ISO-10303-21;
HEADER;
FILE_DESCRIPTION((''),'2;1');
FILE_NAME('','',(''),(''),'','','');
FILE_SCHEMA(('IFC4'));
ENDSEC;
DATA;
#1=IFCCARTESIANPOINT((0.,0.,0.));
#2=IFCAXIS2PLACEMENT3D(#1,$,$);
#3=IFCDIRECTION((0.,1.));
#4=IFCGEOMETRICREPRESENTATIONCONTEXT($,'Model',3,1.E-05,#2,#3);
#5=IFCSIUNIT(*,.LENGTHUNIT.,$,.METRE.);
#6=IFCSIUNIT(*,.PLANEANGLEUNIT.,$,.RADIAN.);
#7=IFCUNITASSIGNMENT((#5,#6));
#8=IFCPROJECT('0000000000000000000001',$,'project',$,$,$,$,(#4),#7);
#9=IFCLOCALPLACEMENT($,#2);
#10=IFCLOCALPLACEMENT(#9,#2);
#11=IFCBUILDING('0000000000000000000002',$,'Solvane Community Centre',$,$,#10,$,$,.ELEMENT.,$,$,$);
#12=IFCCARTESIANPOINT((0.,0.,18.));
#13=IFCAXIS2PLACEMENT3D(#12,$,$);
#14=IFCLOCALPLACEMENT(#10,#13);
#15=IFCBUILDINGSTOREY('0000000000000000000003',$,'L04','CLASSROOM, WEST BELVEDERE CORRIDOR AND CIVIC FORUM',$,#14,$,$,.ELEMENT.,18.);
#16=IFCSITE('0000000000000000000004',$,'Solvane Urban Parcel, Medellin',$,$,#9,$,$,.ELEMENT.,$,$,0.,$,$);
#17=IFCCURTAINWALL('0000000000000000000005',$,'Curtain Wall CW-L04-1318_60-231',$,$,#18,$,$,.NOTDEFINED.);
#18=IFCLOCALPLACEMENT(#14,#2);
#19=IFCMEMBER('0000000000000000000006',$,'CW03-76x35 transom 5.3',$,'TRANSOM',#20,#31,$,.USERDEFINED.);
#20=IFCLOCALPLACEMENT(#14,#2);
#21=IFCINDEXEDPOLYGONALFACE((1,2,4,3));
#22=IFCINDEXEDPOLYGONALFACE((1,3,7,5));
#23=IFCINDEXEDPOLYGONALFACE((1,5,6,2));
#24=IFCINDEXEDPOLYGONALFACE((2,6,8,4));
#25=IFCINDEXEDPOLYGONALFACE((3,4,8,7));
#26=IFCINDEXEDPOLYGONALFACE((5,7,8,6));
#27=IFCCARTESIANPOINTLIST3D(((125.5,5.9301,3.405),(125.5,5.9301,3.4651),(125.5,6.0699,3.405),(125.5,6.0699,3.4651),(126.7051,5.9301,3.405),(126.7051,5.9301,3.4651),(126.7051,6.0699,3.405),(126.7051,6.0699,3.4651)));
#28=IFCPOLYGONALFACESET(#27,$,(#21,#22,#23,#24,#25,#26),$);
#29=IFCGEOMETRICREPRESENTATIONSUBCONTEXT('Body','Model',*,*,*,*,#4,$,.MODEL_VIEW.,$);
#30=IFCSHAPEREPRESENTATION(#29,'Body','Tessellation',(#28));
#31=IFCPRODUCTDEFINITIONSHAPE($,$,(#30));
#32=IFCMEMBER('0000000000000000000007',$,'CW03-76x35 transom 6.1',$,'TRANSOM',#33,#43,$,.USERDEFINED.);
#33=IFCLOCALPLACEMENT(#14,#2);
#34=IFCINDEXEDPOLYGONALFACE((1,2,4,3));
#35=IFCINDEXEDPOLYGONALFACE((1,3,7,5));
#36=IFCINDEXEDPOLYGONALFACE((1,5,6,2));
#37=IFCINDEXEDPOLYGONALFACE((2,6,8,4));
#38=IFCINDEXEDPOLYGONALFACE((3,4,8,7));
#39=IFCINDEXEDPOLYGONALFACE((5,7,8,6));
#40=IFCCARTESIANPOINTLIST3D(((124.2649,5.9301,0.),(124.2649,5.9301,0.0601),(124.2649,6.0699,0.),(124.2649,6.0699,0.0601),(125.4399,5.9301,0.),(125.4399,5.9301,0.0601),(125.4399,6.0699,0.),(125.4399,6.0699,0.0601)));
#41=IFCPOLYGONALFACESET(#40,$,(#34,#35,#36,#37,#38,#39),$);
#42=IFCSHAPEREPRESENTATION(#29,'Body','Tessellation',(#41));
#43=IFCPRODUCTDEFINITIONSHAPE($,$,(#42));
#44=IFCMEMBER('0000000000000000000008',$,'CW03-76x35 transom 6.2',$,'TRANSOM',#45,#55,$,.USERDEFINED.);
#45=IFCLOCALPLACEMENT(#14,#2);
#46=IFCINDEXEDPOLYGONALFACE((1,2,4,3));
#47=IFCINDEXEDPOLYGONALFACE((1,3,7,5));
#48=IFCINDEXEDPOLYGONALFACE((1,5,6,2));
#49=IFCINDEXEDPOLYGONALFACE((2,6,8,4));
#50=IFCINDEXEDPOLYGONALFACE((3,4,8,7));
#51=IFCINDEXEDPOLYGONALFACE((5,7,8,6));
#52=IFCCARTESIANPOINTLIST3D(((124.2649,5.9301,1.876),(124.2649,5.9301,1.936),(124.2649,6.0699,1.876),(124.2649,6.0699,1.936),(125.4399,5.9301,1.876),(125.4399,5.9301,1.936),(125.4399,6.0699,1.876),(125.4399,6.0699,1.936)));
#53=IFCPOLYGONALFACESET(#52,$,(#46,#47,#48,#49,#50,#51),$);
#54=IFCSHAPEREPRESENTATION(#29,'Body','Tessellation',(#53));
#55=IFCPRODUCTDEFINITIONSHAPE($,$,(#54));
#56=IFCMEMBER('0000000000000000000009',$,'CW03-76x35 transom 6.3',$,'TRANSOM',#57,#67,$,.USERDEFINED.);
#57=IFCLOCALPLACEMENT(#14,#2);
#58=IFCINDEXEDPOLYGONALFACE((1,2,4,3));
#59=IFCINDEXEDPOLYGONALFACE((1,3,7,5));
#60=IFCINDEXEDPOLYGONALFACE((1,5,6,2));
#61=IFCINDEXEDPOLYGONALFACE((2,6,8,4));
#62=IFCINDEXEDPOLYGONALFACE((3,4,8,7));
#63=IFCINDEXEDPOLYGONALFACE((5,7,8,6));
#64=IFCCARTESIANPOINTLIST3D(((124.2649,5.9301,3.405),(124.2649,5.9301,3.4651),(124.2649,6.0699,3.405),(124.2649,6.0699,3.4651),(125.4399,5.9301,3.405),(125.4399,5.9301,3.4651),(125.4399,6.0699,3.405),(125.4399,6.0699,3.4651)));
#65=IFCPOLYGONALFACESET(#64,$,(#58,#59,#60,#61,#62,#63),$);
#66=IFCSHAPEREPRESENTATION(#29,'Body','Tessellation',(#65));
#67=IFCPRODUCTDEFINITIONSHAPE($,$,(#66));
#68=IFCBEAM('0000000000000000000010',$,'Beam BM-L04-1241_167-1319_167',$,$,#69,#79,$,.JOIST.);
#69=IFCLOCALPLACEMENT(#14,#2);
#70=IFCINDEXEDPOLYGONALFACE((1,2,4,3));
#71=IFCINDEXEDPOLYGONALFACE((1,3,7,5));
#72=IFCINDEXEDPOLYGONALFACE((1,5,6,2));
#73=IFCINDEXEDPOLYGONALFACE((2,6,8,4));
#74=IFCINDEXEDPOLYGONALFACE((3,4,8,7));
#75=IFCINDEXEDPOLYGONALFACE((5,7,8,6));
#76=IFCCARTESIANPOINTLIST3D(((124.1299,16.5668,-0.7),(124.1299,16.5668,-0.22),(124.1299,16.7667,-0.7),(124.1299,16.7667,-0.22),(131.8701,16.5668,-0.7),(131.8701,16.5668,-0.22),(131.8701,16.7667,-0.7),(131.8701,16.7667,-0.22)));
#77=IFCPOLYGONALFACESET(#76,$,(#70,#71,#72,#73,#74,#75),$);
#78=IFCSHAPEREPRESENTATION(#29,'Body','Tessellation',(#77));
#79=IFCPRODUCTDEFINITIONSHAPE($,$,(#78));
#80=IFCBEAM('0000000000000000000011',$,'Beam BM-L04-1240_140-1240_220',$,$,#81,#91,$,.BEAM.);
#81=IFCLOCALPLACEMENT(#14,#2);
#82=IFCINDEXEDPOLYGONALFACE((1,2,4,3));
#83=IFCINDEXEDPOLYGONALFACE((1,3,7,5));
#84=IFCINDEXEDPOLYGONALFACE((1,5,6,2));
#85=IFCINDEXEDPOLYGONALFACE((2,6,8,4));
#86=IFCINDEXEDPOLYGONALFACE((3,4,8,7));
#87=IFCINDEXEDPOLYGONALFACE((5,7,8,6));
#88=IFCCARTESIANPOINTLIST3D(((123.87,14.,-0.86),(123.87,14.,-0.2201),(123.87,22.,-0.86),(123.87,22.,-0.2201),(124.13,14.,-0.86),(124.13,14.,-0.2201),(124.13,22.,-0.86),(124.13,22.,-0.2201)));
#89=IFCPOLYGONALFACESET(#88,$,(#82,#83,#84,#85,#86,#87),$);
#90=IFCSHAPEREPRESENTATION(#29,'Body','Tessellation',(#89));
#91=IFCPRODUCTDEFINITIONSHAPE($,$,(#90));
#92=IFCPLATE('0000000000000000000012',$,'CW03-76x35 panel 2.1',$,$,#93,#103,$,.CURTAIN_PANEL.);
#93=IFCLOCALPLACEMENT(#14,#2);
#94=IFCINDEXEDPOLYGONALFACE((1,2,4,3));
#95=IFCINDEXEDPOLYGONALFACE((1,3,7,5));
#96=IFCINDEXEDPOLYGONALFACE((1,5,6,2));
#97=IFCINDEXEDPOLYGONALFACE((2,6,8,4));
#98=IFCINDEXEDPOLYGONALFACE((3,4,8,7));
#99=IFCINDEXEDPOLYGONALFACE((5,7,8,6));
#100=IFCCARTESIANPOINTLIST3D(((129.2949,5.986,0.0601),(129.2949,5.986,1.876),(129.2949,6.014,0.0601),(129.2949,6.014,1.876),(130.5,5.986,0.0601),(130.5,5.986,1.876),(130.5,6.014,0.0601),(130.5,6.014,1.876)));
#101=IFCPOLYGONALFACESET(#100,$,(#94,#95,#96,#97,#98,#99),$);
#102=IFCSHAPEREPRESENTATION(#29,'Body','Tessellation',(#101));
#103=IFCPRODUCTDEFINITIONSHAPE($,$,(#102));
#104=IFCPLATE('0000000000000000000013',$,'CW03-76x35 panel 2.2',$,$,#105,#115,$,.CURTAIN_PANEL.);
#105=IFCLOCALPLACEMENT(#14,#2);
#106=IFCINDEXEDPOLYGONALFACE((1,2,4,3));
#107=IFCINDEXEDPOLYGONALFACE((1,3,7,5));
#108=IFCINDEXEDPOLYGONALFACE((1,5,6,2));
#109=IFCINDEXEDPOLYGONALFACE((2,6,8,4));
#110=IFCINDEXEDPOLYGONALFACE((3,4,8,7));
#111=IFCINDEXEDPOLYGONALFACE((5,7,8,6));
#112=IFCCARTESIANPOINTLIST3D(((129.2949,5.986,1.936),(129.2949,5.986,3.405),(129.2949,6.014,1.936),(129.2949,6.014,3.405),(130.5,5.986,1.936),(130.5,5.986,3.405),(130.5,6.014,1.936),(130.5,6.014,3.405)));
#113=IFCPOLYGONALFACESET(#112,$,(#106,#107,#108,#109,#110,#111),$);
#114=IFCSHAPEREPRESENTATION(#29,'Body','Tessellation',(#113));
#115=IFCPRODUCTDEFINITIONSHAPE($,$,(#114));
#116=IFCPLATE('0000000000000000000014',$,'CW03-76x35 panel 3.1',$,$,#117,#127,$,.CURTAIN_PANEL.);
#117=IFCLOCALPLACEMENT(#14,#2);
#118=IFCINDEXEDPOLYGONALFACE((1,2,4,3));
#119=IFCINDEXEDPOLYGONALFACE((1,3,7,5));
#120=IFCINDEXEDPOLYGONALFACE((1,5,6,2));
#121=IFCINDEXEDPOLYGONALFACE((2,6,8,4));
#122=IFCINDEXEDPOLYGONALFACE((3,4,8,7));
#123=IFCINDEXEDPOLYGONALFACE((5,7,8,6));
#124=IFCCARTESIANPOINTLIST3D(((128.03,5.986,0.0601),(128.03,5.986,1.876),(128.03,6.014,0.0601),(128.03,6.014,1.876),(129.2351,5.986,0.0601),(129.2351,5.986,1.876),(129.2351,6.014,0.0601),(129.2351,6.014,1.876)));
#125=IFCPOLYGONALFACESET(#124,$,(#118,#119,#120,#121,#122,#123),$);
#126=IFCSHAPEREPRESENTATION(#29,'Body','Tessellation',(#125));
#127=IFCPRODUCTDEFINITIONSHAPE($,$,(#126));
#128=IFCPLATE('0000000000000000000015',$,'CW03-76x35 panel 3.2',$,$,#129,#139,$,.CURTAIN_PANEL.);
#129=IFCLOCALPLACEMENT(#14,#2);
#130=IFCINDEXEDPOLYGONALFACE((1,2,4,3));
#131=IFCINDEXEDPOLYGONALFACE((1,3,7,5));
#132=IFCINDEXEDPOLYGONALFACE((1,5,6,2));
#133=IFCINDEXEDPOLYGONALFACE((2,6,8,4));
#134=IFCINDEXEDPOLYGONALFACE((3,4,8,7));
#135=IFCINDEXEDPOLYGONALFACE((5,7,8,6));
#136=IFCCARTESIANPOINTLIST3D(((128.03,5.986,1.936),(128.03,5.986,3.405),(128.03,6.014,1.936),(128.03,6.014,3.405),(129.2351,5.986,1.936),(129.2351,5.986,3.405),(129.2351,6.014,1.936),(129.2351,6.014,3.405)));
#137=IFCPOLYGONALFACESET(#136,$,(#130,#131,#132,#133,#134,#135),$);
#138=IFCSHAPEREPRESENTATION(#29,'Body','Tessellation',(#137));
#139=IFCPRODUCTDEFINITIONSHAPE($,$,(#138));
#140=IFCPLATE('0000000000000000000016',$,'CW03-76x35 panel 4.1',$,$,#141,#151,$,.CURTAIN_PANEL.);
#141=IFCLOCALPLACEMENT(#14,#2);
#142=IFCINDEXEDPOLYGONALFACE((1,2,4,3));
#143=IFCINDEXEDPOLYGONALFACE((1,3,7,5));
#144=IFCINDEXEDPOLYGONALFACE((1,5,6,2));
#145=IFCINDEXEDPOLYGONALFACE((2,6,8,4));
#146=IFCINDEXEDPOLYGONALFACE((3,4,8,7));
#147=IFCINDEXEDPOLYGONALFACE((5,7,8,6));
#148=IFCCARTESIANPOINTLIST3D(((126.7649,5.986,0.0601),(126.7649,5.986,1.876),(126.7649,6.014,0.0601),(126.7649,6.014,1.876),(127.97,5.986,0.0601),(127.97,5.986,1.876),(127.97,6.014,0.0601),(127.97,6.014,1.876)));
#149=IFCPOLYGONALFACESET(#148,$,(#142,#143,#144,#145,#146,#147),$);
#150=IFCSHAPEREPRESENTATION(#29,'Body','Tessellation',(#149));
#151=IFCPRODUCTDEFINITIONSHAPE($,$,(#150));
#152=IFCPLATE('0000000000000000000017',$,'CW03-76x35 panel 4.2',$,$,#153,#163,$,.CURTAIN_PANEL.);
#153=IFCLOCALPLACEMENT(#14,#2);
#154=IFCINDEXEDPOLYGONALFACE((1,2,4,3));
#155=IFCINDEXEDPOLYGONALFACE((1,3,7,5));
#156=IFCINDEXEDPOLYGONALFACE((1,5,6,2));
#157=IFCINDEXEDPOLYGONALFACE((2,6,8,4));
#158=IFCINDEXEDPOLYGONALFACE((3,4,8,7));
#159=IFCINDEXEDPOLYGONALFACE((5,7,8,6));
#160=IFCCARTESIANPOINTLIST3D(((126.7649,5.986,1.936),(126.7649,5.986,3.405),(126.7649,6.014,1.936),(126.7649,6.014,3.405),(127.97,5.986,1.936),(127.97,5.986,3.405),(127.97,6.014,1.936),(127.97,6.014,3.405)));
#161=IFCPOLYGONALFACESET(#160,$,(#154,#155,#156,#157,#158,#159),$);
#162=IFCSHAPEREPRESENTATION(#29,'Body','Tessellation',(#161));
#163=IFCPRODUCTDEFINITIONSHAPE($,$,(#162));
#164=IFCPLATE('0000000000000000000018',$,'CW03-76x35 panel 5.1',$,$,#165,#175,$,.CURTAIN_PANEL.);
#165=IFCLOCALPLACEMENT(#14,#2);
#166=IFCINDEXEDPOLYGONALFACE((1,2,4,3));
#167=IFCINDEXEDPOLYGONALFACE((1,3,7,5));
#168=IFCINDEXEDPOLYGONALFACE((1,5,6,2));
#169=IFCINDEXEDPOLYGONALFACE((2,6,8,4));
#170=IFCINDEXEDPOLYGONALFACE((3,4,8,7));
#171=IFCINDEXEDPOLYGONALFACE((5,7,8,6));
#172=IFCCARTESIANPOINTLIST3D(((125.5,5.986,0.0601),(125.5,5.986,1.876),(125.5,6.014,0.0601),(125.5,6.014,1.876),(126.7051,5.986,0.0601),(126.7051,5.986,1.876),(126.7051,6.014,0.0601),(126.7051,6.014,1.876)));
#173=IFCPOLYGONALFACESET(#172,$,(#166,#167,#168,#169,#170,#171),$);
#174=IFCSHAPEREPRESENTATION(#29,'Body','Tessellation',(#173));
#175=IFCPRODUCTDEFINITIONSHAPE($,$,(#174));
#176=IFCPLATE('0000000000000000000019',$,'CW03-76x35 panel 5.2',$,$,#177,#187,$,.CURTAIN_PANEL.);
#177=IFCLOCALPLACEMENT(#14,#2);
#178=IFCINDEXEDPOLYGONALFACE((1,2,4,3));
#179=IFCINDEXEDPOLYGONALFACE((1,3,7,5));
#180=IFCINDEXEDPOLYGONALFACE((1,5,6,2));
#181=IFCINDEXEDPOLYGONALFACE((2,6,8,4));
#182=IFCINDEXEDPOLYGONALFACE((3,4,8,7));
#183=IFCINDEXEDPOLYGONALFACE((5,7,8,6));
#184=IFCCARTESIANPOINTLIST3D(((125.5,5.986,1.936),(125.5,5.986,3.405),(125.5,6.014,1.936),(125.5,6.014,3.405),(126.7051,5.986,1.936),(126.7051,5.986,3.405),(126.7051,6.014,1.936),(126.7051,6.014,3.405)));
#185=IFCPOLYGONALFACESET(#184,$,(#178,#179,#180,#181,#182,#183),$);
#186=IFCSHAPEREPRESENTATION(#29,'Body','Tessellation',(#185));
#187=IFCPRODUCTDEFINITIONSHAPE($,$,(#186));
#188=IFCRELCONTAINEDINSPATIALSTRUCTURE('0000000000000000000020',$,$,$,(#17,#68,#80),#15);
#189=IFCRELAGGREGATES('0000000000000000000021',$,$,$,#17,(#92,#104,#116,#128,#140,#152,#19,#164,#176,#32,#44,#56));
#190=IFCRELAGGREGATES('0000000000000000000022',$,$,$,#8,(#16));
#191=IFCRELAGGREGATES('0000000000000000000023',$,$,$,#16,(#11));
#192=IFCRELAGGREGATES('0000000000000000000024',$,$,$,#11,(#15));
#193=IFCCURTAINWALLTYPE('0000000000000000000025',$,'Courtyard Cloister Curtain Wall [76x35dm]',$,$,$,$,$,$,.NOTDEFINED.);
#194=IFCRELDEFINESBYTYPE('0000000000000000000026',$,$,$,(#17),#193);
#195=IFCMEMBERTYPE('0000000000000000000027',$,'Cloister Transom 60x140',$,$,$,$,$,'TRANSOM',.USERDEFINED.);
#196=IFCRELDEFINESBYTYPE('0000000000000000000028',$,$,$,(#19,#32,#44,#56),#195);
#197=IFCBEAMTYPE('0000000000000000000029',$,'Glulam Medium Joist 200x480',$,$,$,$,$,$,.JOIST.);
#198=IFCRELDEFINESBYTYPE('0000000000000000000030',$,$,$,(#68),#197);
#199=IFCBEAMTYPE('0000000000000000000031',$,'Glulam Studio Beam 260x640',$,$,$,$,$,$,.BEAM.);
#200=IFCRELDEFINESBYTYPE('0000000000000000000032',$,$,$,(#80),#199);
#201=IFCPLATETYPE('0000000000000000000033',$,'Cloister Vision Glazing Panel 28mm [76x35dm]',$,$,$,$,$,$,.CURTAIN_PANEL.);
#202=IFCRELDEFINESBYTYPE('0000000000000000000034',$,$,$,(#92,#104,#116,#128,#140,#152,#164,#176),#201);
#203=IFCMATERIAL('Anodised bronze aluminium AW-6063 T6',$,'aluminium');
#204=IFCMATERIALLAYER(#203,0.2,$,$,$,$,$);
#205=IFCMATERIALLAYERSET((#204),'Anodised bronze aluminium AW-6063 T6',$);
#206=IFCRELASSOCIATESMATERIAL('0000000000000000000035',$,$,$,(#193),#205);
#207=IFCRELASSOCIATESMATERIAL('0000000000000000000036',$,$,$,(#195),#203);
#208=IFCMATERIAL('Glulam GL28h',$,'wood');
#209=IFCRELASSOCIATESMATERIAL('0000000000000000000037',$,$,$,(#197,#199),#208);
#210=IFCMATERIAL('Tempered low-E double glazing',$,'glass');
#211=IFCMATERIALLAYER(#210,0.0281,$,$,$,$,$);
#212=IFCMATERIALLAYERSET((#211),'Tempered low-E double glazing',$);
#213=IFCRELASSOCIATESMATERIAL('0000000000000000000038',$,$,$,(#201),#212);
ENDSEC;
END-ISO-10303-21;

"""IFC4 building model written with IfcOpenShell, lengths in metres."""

from ifc_helpers import new_model, si_unit, direction, frame, origin, origin_2d, place, context, subcontext, project, spatial, rectangle, extrude, material, layer, layer_set, material_profile, profile_set, type_object, element, aggregate, save


model = new_model("IFC4")

# Units and contexts
model_context = context("Model", 3, precision=1e-05, world=origin(), true_north=direction((0.0, 1.0)))
body_context = subcontext(model_context, "Body", "Model", "MODEL_VIEW")
ifc_project = project(units=[si_unit("LENGTHUNIT", "METRE"), si_unit("PLANEANGLEUNIT", "RADIAN")], contexts=[model_context])

# Site, building, storey
site_placement = place(None, origin())
site = spatial("IfcSite", under=ifc_project, at=site_placement, Name="Solvane Urban Parcel, Medellin", CompositionType="ELEMENT", RefElevation=0.0)
building_placement = place(site_placement, origin())
building = spatial("IfcBuilding", under=site, at=building_placement, Name="Solvane Community Centre", CompositionType="ELEMENT")
storey_placement = place(building_placement, frame((0.0, 0.0, 18.0)))
storey = spatial("IfcBuildingStorey", under=building, at=storey_placement, Name="L04", Description="CLASSROOM, WEST BELVEDERE CORRIDOR AND CIVIC FORUM", CompositionType="ELEMENT", Elevation=18.0)

# Curtain wall, members
ifc_material_1 = material(Name="Anodised bronze aluminium AW-6063 T6", Category="aluminium")
ifc_layer_1 = layer(ifc_material_1, 0.2)
ifc_layer_set_1 = layer_set([ifc_layer_1], Name="Anodised bronze aluminium AW-6063 T6")
curtain_wall_type = type_object("IfcCurtainWallType", Name="Courtyard Cloister Curtain Wall [76x35dm]", PredefinedType="NOTDEFINED", material=ifc_layer_set_1)
curtain_wall_placement = place(storey_placement, origin())
curtain_wall = element("IfcCurtainWall", 1, at=curtain_wall_placement, inside=storey, type_object=curtain_wall_type, Name="Curtain Wall CW-L04-1318_60-231", PredefinedType="NOTDEFINED")
ifc_material_profile_1 = material_profile(ifc_material_1, rectangle(XDim=0.1399, YDim=0.0601, at=origin_2d()), Name="CW-T 60x140")
ifc_profile_set_1 = profile_set([ifc_material_profile_1], Name="Anodised bronze aluminium AW-6063 T6")
member_type_1 = type_object("IfcMemberType", Name="Cloister Transom 60x140", ElementType="TRANSOM", PredefinedType="USERDEFINED", material=ifc_profile_set_1)
member_1_placement = place(storey_placement, frame((126.7051, 6.0, 3.4351), z_axis=(-1.0, 0.0, 0.0), x_axis=(0.0, -1.0, 0.0)))
member_1 = element("IfcMember", 2, at=member_1_placement, type_object=member_type_1, Name="CW03-76x35 transom 5.3", ObjectType="TRANSOM", PredefinedType="USERDEFINED", context=body_context, shape_type="SweptSolid", body=[
    extrude(rectangle(XDim=0.1399, YDim=0.0601, at=origin_2d()), origin(), (0.0, 0.0, 1.0), 1.2051),
])
member_2_placement = place(storey_placement, frame((125.4399, 6.0, 0.03), z_axis=(-1.0, 0.0, 0.0), x_axis=(0.0, -1.0, 0.0)))
member_2 = element("IfcMember", 3, at=member_2_placement, type_object=member_type_1, Name="CW03-76x35 transom 6.1", ObjectType="TRANSOM", PredefinedType="USERDEFINED", context=body_context, shape_type="SweptSolid", body=[
    extrude(rectangle(XDim=0.1399, YDim=0.0601, at=origin_2d()), origin(), (0.0, 0.0, 1.0), 1.175),
])
member_3_placement = place(storey_placement, frame((125.4399, 6.0, 1.906), z_axis=(-1.0, 0.0, 0.0), x_axis=(0.0, -1.0, 0.0)))
member_3 = element("IfcMember", 4, at=member_3_placement, type_object=member_type_1, Name="CW03-76x35 transom 6.2", ObjectType="TRANSOM", PredefinedType="USERDEFINED", context=body_context, shape_type="SweptSolid", body=[
    extrude(rectangle(XDim=0.1399, YDim=0.0601, at=origin_2d()), origin(), (0.0, 0.0, 1.0), 1.175),
])
member_4_placement = place(storey_placement, frame((125.4399, 6.0, 3.4351), z_axis=(-1.0, 0.0, 0.0), x_axis=(0.0, -1.0, 0.0)))
member_4 = element("IfcMember", 5, at=member_4_placement, type_object=member_type_1, Name="CW03-76x35 transom 6.3", ObjectType="TRANSOM", PredefinedType="USERDEFINED", context=body_context, shape_type="SweptSolid", body=[
    extrude(rectangle(XDim=0.1399, YDim=0.0601, at=origin_2d()), origin(), (0.0, 0.0, 1.0), 1.175),
])

# Beams
ifc_material_2 = material(Name="Glulam GL28h", Category="wood")
ifc_material_profile_2 = material_profile(ifc_material_2, rectangle(XDim=0.2, YDim=0.48, at=origin_2d()), Name="GL28h 200x480")
ifc_profile_set_2 = profile_set([ifc_material_profile_2], Name="Glulam GL28h")
beam_type_1 = type_object("IfcBeamType", Name="Glulam Medium Joist 200x480", PredefinedType="JOIST", material=ifc_profile_set_2)
beam_1_placement = place(storey_placement, frame((124.1299, 16.6667, -0.46), z_axis=(1.0, 0.0, 0.0), x_axis=(0.0, 1.0, 0.0)))
element("IfcBeam", 6, at=beam_1_placement, inside=storey, type_object=beam_type_1, Name="Beam BM-L04-1241_167-1319_167", PredefinedType="JOIST", context=body_context, shape_type="SweptSolid", body=[
    extrude(rectangle(XDim=0.2, YDim=0.48, at=origin_2d()), origin(), (0.0, 0.0, 1.0), 7.7402),
])
ifc_material_profile_3 = material_profile(ifc_material_2, rectangle(XDim=0.26, YDim=0.6399, at=origin_2d()), Name="GL28h 260x640")
ifc_profile_set_3 = profile_set([ifc_material_profile_3], Name="Glulam GL28h")
beam_type_2 = type_object("IfcBeamType", Name="Glulam Studio Beam 260x640", PredefinedType="BEAM", material=ifc_profile_set_3)
beam_2_placement = place(storey_placement, frame((124.0, 14.0, -0.54), z_axis=(0.0, 1.0, 0.0), x_axis=(-1.0, 0.0, 0.0)))
element("IfcBeam", 7, at=beam_2_placement, inside=storey, type_object=beam_type_2, Name="Beam BM-L04-1240_140-1240_220", PredefinedType="BEAM", context=body_context, shape_type="SweptSolid", body=[
    extrude(rectangle(XDim=0.26, YDim=0.6399, at=origin_2d()), origin(), (0.0, 0.0, 1.0), 8.0),
])

# Plates
ifc_material_3 = material(Name="Tempered low-E double glazing", Category="glass")
ifc_layer_2 = layer(ifc_material_3, 0.0281)
ifc_layer_set_2 = layer_set([ifc_layer_2], Name="Tempered low-E double glazing")
plate_type = type_object("IfcPlateType", Name="Cloister Vision Glazing Panel 28mm [76x35dm]", PredefinedType="CURTAIN_PANEL", material=ifc_layer_set_2)
plate_1_placement = place(storey_placement, frame((129.8975, 6.0, 0.0601), z_axis=(0.0, 0.0, 1.0), x_axis=(-1.0, 0.0, 0.0)))
plate_1 = element("IfcPlate", 8, at=plate_1_placement, type_object=plate_type, Name="CW03-76x35 panel 2.1", PredefinedType="CURTAIN_PANEL", context=body_context, shape_type="SweptSolid", body=[
    extrude(rectangle(XDim=1.2051, YDim=0.0281, at=origin_2d()), origin(), (0.0, 0.0, 1.0), 1.8159),
])
plate_2_placement = place(storey_placement, frame((129.8975, 6.0, 1.936), z_axis=(0.0, 0.0, 1.0), x_axis=(-1.0, 0.0, 0.0)))
plate_2 = element("IfcPlate", 9, at=plate_2_placement, type_object=plate_type, Name="CW03-76x35 panel 2.2", PredefinedType="CURTAIN_PANEL", context=body_context, shape_type="SweptSolid", body=[
    extrude(rectangle(XDim=1.2051, YDim=0.0281, at=origin_2d()), origin(), (0.0, 0.0, 1.0), 1.469),
])
plate_3_placement = place(storey_placement, frame((128.6326, 6.0, 0.0601), z_axis=(0.0, 0.0, 1.0), x_axis=(-1.0, 0.0, 0.0)))
plate_3 = element("IfcPlate", 10, at=plate_3_placement, type_object=plate_type, Name="CW03-76x35 panel 3.1", PredefinedType="CURTAIN_PANEL", context=body_context, shape_type="SweptSolid", body=[
    extrude(rectangle(XDim=1.2051, YDim=0.0281, at=origin_2d()), origin(), (0.0, 0.0, 1.0), 1.8159),
])
plate_4_placement = place(storey_placement, frame((128.6326, 6.0, 1.936), z_axis=(0.0, 0.0, 1.0), x_axis=(-1.0, 0.0, 0.0)))
plate_4 = element("IfcPlate", 11, at=plate_4_placement, type_object=plate_type, Name="CW03-76x35 panel 3.2", PredefinedType="CURTAIN_PANEL", context=body_context, shape_type="SweptSolid", body=[
    extrude(rectangle(XDim=1.2051, YDim=0.0281, at=origin_2d()), origin(), (0.0, 0.0, 1.0), 1.469),
])
plate_5_placement = place(storey_placement, frame((127.3674, 6.0, 0.0601), z_axis=(0.0, 0.0, 1.0), x_axis=(-1.0, 0.0, 0.0)))
plate_5 = element("IfcPlate", 12, at=plate_5_placement, type_object=plate_type, Name="CW03-76x35 panel 4.1", PredefinedType="CURTAIN_PANEL", context=body_context, shape_type="SweptSolid", body=[
    extrude(rectangle(XDim=1.2051, YDim=0.0281, at=origin_2d()), origin(), (0.0, 0.0, 1.0), 1.8159),
])
plate_6_placement = place(storey_placement, frame((127.3674, 6.0, 1.936), z_axis=(0.0, 0.0, 1.0), x_axis=(-1.0, 0.0, 0.0)))
plate_6 = element("IfcPlate", 13, at=plate_6_placement, type_object=plate_type, Name="CW03-76x35 panel 4.2", PredefinedType="CURTAIN_PANEL", context=body_context, shape_type="SweptSolid", body=[
    extrude(rectangle(XDim=1.2051, YDim=0.0281, at=origin_2d()), origin(), (0.0, 0.0, 1.0), 1.469),
])
plate_7_placement = place(storey_placement, frame((126.1025, 6.0, 0.0601), z_axis=(0.0, 0.0, 1.0), x_axis=(-1.0, 0.0, 0.0)))
plate_7 = element("IfcPlate", 14, at=plate_7_placement, type_object=plate_type, Name="CW03-76x35 panel 5.1", PredefinedType="CURTAIN_PANEL", context=body_context, shape_type="SweptSolid", body=[
    extrude(rectangle(XDim=1.2051, YDim=0.0281, at=origin_2d()), origin(), (0.0, 0.0, 1.0), 1.8159),
])
plate_8_placement = place(storey_placement, frame((126.1025, 6.0, 1.936), z_axis=(0.0, 0.0, 1.0), x_axis=(-1.0, 0.0, 0.0)))
plate_8 = element("IfcPlate", 15, at=plate_8_placement, type_object=plate_type, Name="CW03-76x35 panel 5.2", PredefinedType="CURTAIN_PANEL", context=body_context, shape_type="SweptSolid", body=[
    extrude(rectangle(XDim=1.2051, YDim=0.0281, at=origin_2d()), origin(), (0.0, 0.0, 1.0), 1.469),
])
aggregate(curtain_wall, [plate_1, plate_2, plate_3, plate_4, plate_5, plate_6, member_1, plate_7, plate_8, member_2, member_3, member_4])

save(model, "model.ifc")
